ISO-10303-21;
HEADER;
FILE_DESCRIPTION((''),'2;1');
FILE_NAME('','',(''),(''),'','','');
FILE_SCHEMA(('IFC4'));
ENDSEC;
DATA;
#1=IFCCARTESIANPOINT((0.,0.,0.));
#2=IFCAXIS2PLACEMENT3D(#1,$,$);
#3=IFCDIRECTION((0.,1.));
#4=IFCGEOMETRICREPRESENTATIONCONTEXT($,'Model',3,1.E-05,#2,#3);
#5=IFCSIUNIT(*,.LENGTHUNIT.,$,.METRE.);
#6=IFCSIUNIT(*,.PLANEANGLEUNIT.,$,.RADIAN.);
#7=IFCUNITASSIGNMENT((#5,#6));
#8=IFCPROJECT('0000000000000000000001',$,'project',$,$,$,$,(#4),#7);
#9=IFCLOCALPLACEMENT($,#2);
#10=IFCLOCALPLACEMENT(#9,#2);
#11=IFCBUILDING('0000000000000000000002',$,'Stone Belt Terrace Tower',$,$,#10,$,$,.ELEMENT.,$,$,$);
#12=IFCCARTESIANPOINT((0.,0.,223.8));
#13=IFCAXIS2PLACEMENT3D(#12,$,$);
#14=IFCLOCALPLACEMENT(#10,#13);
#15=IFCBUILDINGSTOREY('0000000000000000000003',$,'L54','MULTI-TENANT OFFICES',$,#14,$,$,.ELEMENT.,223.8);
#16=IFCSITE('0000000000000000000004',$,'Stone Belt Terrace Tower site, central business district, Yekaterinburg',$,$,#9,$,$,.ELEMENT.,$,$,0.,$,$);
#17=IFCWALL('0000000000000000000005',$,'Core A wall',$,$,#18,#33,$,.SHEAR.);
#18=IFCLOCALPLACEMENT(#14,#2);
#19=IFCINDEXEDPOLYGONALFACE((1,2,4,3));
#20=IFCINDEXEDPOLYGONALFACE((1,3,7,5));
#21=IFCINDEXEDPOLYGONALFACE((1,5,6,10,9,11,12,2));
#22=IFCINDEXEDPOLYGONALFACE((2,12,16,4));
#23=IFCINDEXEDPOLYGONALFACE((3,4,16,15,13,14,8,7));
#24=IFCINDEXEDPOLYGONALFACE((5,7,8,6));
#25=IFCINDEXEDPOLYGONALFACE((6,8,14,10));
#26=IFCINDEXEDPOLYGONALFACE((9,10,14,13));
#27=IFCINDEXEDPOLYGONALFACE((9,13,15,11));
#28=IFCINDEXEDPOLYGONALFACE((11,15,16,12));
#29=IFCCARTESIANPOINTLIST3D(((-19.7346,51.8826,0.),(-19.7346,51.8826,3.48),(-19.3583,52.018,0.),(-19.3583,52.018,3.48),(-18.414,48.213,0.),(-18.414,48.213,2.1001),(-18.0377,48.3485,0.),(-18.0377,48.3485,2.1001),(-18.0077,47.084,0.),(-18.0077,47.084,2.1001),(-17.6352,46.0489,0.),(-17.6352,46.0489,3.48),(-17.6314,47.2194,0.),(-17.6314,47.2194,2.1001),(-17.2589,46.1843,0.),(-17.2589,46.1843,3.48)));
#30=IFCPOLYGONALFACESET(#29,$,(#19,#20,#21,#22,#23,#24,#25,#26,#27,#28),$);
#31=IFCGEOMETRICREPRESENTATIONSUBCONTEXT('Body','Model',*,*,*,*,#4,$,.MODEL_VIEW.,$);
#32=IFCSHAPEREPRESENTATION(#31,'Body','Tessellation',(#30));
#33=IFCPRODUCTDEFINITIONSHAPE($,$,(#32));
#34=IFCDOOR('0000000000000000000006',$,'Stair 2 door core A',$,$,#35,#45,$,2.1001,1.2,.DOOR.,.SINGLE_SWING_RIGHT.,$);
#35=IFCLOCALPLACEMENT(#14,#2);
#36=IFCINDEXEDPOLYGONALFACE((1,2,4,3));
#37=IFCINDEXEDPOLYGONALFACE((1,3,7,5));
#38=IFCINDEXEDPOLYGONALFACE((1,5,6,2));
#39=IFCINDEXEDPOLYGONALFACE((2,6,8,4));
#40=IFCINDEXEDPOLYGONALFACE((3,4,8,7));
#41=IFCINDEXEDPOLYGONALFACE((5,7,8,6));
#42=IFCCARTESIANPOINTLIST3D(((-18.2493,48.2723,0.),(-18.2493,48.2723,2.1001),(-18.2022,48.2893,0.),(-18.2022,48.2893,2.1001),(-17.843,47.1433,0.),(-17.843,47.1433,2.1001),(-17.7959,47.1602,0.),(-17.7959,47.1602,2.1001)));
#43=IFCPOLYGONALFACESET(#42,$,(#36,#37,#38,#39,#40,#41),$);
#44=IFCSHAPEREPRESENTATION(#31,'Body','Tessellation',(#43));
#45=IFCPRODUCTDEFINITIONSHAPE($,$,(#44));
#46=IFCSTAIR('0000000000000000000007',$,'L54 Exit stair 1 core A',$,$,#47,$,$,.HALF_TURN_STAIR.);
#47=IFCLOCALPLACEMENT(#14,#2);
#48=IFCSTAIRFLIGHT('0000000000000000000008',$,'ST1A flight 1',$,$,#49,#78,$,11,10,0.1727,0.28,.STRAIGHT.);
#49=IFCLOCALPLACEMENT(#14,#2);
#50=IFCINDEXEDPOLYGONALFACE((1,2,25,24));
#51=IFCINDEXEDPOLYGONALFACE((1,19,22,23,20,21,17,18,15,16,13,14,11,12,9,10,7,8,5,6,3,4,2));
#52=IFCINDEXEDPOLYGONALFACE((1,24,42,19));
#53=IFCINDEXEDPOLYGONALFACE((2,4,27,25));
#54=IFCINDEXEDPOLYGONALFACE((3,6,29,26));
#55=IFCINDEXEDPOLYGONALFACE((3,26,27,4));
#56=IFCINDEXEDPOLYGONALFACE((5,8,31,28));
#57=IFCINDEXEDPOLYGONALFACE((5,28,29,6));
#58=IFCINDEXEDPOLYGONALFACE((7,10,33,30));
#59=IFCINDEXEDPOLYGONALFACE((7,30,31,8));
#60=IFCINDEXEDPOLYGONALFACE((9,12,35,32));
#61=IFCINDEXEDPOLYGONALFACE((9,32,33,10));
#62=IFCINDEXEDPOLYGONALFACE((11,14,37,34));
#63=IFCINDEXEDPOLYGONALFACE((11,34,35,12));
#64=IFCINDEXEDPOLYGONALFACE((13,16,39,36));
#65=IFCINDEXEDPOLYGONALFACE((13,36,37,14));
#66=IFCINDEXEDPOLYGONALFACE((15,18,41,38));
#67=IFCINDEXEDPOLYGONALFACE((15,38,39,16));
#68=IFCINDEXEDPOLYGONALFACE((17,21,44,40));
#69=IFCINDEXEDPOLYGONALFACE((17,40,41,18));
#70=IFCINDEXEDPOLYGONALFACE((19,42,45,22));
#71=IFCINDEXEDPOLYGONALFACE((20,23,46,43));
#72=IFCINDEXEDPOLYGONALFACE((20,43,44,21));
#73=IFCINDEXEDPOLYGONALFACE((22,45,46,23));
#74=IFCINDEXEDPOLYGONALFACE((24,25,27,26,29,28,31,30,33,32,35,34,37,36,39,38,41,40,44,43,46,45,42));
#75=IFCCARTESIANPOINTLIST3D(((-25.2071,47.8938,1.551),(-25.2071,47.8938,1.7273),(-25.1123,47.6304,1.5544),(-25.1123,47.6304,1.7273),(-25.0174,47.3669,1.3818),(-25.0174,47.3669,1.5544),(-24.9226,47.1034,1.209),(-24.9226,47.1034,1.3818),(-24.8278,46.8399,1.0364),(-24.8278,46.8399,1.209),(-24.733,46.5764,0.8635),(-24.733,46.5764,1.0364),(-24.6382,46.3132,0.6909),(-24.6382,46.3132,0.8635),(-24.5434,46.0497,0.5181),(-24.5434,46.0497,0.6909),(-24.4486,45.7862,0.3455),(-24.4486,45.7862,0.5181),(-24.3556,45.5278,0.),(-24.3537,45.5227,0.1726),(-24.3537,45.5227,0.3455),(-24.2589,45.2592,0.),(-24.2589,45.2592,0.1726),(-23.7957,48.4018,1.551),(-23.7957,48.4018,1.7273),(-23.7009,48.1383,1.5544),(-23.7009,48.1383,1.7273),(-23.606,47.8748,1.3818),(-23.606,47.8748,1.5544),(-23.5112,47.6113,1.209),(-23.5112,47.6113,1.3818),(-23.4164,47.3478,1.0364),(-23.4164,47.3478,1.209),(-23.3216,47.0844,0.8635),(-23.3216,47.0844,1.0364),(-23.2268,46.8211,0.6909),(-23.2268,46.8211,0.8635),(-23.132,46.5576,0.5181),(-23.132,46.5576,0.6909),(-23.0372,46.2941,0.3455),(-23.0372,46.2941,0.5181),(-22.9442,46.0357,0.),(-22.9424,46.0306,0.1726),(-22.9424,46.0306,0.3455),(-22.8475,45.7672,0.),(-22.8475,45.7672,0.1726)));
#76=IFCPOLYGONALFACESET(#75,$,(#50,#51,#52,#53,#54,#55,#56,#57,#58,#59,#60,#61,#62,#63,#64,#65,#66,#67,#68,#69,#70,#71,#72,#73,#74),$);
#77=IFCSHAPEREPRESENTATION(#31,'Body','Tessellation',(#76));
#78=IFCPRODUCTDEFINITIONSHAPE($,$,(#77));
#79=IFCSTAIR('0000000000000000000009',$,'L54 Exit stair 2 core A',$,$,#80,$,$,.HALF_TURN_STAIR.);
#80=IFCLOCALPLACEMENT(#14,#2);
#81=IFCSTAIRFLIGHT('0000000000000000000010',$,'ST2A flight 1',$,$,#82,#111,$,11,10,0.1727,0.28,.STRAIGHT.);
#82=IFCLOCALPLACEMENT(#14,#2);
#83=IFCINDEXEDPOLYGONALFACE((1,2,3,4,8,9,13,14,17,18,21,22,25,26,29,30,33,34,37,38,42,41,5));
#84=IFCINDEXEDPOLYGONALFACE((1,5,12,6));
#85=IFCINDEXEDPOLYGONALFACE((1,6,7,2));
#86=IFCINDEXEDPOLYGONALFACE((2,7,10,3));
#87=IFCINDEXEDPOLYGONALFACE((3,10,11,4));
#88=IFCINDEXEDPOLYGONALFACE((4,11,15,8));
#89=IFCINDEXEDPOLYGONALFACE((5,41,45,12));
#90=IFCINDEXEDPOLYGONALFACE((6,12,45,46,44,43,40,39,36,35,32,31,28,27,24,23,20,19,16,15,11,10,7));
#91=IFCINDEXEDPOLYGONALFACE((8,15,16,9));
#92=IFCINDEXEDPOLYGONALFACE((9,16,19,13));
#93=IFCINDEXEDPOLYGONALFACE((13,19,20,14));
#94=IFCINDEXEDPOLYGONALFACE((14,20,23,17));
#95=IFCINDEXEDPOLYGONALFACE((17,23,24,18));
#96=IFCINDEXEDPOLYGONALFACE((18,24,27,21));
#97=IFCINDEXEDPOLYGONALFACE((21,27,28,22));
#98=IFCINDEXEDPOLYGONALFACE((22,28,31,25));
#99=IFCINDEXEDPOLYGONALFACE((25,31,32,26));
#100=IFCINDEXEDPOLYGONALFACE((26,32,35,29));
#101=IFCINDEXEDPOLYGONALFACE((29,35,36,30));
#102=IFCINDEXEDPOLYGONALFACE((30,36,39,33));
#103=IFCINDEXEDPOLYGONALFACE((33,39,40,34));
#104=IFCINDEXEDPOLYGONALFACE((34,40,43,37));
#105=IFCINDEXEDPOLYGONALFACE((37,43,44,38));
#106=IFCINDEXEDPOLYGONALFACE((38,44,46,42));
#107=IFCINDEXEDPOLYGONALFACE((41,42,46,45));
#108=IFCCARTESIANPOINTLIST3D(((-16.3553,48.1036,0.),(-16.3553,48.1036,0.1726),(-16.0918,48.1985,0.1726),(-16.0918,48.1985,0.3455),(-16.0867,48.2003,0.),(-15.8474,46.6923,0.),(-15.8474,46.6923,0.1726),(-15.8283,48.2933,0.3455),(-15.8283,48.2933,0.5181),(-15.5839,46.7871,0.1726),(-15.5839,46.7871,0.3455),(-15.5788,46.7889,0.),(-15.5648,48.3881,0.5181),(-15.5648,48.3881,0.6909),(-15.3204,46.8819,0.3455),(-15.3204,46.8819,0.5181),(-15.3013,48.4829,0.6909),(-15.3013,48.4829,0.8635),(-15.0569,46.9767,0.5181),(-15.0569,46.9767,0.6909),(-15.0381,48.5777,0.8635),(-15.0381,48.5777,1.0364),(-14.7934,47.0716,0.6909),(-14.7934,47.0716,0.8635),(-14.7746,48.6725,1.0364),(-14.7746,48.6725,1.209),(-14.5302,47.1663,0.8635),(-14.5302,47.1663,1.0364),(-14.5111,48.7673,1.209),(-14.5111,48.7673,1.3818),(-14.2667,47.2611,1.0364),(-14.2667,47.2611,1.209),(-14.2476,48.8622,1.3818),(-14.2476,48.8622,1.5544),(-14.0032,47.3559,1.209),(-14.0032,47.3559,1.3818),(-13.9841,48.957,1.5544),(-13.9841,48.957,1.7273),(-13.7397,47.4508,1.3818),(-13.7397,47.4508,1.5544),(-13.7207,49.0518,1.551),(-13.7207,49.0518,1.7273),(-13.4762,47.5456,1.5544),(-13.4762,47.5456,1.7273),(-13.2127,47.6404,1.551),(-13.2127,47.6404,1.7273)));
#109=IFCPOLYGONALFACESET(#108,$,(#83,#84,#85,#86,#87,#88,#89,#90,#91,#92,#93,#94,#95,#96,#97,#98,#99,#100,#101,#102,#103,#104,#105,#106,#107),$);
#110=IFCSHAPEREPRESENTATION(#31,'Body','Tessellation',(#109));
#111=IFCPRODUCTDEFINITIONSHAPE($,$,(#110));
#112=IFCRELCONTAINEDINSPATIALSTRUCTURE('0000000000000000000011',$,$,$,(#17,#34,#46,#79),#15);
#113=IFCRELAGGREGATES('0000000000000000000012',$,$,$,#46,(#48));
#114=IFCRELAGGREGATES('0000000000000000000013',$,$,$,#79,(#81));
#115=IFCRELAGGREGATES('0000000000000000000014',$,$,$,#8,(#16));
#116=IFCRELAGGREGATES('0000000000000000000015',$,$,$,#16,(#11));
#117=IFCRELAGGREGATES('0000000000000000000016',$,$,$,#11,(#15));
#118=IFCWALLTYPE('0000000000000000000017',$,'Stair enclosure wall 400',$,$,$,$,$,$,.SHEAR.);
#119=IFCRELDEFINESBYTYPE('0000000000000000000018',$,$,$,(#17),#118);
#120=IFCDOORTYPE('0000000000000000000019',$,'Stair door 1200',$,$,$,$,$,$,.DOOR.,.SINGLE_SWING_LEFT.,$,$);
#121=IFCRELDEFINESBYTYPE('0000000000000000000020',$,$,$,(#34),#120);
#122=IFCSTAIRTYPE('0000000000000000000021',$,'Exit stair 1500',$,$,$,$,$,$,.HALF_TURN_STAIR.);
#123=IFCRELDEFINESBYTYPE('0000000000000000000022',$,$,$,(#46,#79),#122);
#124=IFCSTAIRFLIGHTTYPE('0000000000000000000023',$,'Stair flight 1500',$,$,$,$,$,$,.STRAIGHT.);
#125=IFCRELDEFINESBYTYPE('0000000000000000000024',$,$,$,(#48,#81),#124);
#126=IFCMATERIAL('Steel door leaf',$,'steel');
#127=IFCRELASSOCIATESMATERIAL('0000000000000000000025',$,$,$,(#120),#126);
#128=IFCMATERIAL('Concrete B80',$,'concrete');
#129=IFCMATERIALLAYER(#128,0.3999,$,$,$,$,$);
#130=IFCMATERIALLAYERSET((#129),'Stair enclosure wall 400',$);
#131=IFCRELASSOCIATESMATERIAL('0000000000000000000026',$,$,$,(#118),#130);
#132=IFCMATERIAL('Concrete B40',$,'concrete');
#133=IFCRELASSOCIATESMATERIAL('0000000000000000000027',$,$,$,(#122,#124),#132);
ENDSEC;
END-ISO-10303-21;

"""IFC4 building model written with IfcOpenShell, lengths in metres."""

from ifc_helpers import new_model, si_unit, direction, frame, frame_2d, origin, place, context, subcontext, project, spatial, polyline, rectangle, outline, extrude, material, layer, layer_set, type_object, element, fill, aggregate, save


model = new_model("IFC4")

# Units and contexts
model_context = context("Model", 3, precision=1e-05, world=origin(), true_north=direction((0.0, 1.0)))
body_context = subcontext(model_context, "Body", "Model", "MODEL_VIEW")
ifc_project = project(units=[si_unit("LENGTHUNIT", "METRE"), si_unit("PLANEANGLEUNIT", "RADIAN")], contexts=[model_context])

# Site, building, storey
site_placement = place(None, origin())
site = spatial("IfcSite", under=ifc_project, at=site_placement, Name="Stone Belt Terrace Tower site, central business district, Yekaterinburg", CompositionType="ELEMENT", RefElevation=0.0)
building_placement = place(site_placement, origin())
building = spatial("IfcBuilding", under=site, at=building_placement, Name="Stone Belt Terrace Tower", CompositionType="ELEMENT")
storey_placement = place(building_placement, frame((0.0, 0.0, 223.8)))
storey = spatial("IfcBuildingStorey", under=building, at=storey_placement, Name="L54", Description="MULTI-TENANT OFFICES", CompositionType="ELEMENT", Elevation=223.8)

# Shared definitions
ifc_material_1 = material(Name="Concrete B80", Category="concrete")

# Shared definitions
ifc_material_2 = material(Name="Steel door leaf", Category="steel")
door_type_1 = type_object("IfcDoorType", Name="Stair door 1200", OperationType="SINGLE_SWING_LEFT", PredefinedType="DOOR", material=ifc_material_2)
ifc_layer_1 = layer(ifc_material_1, 0.3999)
ifc_layer_set_1 = layer_set([ifc_layer_1], Name="Stair enclosure wall 400")
wall_type_1 = type_object("IfcWallType", Name="Stair enclosure wall 400", PredefinedType="SHEAR", material=ifc_layer_set_1)

# Wall, opening, door
wall_1_placement = place(storey_placement, frame((-17.447, 46.1165, 0.0), z_axis=(0.0, 0.0, 1.0), x_axis=(-0.338608, 0.940928, 0.0)))
wall_1 = element("IfcWall", 1, at=wall_1_placement, inside=storey, type_object=wall_type_1, Name="Core A wall", PredefinedType="SHEAR", context=body_context, shape_type="SweptSolid", body=[
    extrude(rectangle(XDim=6.2, YDim=0.3999, at=frame_2d((3.1001, 0.0))), origin(), (0.0, 0.0, 1.0), 3.48),
])
opening_1_placement = place(wall_1_placement, frame((1.1001, 0.0, 0.0)))
opening_1 = element("IfcOpeningElement", 2, at=opening_1_placement, cuts=wall_1, PredefinedType="OPENING", context=body_context, shape_type="SweptSolid", body=[
    extrude(rectangle(XDim=1.2, YDim=2.1001, at=frame_2d((0.6001, 1.05))), frame((0.0, 0.21, 0.0), z_axis=(0.0, -1.0, 0.0), x_axis=(1.0, 0.0, 0.0)), (0.0, 0.0, 1.0), 0.4199),
])
door_1_placement = place(opening_1_placement, origin())
door_1 = element("IfcDoor", 3, at=door_1_placement, inside=storey, type_object=door_type_1, Name="Stair 2 door core A", OperationType="SINGLE_SWING_RIGHT", OverallHeight=2.1001, OverallWidth=1.2, PredefinedType="DOOR", context=body_context, shape_type="SweptSolid", body=[
    extrude(rectangle(XDim=1.2, YDim=2.1001, at=frame_2d((0.6001, 1.05))), frame((0.0, 0.0249, 0.0), z_axis=(0.0, -1.0, 0.0), x_axis=(1.0, 0.0, 0.0)), (0.0, 0.0, 1.0), 0.05),
])
fill(opening_1, door_1)

# Stairs, stair flights
ifc_material_3 = material(Name="Concrete B40", Category="concrete")
stair_type = type_object("IfcStairType", Name="Exit stair 1500", PredefinedType="HALF_TURN_STAIR", material=ifc_material_3)
stair_1_placement = place(storey_placement, origin())
stair_1 = element("IfcStair", 4, at=stair_1_placement, inside=storey, type_object=stair_type, Name="L54 Exit stair 1 core A", PredefinedType="HALF_TURN_STAIR")
stair_flight_type = type_object("IfcStairFlightType", Name="Stair flight 1500", PredefinedType="STRAIGHT", material=ifc_material_3)
stair_flight_1_placement = place(storey_placement, frame((-23.5532, 45.5132, 0.0), z_axis=(0.0, 0.0, 1.0), x_axis=(-0.338624, 0.940922, 0.0)))
stair_flight_1 = element("IfcStairFlight", 5, at=stair_flight_1_placement, type_object=stair_flight_type, Name="ST1A flight 1", NumberOfRisers=11, NumberOfTreads=10, PredefinedType="STRAIGHT", RiserHeight=0.1727, TreadLength=0.28, context=body_context, shape_type="SweptSolid", body=[
    extrude(outline(polyline([(0.0, 0.0), (0.0, 0.1726), (0.28, 0.1726), (0.28, 0.3455), (0.5601, 0.3455), (0.5601, 0.5181), (0.8401, 0.5181), (0.8401, 0.6909), (1.1201, 0.6909), (1.1201, 0.8635), (1.3999, 0.8635), (1.3999, 1.0364), (1.6799, 1.0364), (1.6799, 1.209), (1.96, 1.209), (1.96, 1.3818), (2.24, 1.3818), (2.24, 1.5544), (2.52, 1.5544), (2.52, 1.7273), (2.8, 1.7273), (2.8, 1.8999), (2.8, 1.551), (0.2854, 0.0), (0.0, 0.0)])), frame((0.0, 0.75, 0.0), z_axis=(0.0, -1.0, 0.0), x_axis=(1.0, 0.0, 0.0)), (0.0, 0.0, 1.0), 1.5),
])
aggregate(stair_1, [stair_flight_1])
stair_2_placement = place(storey_placement, origin())
stair_2 = element("IfcStair", 6, at=stair_2_placement, inside=storey, type_object=stair_type, Name="L54 Exit stair 2 core A", PredefinedType="HALF_TURN_STAIR")
stair_flight_2_placement = place(storey_placement, frame((-16.1013, 47.3979, 0.0), z_axis=(0.0, 0.0, 1.0), x_axis=(0.940922, 0.338624, 0.0)))
stair_flight_2 = element("IfcStairFlight", 7, at=stair_flight_2_placement, type_object=stair_flight_type, Name="ST2A flight 1", NumberOfRisers=11, NumberOfTreads=10, PredefinedType="STRAIGHT", RiserHeight=0.1727, TreadLength=0.28, context=body_context, shape_type="SweptSolid", body=[
    extrude(outline(polyline([(0.0, 0.0), (0.0, 0.1726), (0.28, 0.1726), (0.28, 0.3455), (0.5601, 0.3455), (0.5601, 0.5181), (0.8401, 0.5181), (0.8401, 0.6909), (1.1201, 0.6909), (1.1201, 0.8635), (1.3999, 0.8635), (1.3999, 1.0364), (1.6799, 1.0364), (1.6799, 1.209), (1.96, 1.209), (1.96, 1.3818), (2.24, 1.3818), (2.24, 1.5544), (2.52, 1.5544), (2.52, 1.7273), (2.8, 1.7273), (2.8, 1.8999), (2.8, 1.551), (0.2854, 0.0), (0.0, 0.0)])), frame((0.0, 0.75, 0.0), z_axis=(0.0, -1.0, 0.0), x_axis=(1.0, 0.0, 0.0)), (0.0, 0.0, 1.0), 1.5),
])
aggregate(stair_2, [stair_flight_2])

save(model, "model.ifc")
